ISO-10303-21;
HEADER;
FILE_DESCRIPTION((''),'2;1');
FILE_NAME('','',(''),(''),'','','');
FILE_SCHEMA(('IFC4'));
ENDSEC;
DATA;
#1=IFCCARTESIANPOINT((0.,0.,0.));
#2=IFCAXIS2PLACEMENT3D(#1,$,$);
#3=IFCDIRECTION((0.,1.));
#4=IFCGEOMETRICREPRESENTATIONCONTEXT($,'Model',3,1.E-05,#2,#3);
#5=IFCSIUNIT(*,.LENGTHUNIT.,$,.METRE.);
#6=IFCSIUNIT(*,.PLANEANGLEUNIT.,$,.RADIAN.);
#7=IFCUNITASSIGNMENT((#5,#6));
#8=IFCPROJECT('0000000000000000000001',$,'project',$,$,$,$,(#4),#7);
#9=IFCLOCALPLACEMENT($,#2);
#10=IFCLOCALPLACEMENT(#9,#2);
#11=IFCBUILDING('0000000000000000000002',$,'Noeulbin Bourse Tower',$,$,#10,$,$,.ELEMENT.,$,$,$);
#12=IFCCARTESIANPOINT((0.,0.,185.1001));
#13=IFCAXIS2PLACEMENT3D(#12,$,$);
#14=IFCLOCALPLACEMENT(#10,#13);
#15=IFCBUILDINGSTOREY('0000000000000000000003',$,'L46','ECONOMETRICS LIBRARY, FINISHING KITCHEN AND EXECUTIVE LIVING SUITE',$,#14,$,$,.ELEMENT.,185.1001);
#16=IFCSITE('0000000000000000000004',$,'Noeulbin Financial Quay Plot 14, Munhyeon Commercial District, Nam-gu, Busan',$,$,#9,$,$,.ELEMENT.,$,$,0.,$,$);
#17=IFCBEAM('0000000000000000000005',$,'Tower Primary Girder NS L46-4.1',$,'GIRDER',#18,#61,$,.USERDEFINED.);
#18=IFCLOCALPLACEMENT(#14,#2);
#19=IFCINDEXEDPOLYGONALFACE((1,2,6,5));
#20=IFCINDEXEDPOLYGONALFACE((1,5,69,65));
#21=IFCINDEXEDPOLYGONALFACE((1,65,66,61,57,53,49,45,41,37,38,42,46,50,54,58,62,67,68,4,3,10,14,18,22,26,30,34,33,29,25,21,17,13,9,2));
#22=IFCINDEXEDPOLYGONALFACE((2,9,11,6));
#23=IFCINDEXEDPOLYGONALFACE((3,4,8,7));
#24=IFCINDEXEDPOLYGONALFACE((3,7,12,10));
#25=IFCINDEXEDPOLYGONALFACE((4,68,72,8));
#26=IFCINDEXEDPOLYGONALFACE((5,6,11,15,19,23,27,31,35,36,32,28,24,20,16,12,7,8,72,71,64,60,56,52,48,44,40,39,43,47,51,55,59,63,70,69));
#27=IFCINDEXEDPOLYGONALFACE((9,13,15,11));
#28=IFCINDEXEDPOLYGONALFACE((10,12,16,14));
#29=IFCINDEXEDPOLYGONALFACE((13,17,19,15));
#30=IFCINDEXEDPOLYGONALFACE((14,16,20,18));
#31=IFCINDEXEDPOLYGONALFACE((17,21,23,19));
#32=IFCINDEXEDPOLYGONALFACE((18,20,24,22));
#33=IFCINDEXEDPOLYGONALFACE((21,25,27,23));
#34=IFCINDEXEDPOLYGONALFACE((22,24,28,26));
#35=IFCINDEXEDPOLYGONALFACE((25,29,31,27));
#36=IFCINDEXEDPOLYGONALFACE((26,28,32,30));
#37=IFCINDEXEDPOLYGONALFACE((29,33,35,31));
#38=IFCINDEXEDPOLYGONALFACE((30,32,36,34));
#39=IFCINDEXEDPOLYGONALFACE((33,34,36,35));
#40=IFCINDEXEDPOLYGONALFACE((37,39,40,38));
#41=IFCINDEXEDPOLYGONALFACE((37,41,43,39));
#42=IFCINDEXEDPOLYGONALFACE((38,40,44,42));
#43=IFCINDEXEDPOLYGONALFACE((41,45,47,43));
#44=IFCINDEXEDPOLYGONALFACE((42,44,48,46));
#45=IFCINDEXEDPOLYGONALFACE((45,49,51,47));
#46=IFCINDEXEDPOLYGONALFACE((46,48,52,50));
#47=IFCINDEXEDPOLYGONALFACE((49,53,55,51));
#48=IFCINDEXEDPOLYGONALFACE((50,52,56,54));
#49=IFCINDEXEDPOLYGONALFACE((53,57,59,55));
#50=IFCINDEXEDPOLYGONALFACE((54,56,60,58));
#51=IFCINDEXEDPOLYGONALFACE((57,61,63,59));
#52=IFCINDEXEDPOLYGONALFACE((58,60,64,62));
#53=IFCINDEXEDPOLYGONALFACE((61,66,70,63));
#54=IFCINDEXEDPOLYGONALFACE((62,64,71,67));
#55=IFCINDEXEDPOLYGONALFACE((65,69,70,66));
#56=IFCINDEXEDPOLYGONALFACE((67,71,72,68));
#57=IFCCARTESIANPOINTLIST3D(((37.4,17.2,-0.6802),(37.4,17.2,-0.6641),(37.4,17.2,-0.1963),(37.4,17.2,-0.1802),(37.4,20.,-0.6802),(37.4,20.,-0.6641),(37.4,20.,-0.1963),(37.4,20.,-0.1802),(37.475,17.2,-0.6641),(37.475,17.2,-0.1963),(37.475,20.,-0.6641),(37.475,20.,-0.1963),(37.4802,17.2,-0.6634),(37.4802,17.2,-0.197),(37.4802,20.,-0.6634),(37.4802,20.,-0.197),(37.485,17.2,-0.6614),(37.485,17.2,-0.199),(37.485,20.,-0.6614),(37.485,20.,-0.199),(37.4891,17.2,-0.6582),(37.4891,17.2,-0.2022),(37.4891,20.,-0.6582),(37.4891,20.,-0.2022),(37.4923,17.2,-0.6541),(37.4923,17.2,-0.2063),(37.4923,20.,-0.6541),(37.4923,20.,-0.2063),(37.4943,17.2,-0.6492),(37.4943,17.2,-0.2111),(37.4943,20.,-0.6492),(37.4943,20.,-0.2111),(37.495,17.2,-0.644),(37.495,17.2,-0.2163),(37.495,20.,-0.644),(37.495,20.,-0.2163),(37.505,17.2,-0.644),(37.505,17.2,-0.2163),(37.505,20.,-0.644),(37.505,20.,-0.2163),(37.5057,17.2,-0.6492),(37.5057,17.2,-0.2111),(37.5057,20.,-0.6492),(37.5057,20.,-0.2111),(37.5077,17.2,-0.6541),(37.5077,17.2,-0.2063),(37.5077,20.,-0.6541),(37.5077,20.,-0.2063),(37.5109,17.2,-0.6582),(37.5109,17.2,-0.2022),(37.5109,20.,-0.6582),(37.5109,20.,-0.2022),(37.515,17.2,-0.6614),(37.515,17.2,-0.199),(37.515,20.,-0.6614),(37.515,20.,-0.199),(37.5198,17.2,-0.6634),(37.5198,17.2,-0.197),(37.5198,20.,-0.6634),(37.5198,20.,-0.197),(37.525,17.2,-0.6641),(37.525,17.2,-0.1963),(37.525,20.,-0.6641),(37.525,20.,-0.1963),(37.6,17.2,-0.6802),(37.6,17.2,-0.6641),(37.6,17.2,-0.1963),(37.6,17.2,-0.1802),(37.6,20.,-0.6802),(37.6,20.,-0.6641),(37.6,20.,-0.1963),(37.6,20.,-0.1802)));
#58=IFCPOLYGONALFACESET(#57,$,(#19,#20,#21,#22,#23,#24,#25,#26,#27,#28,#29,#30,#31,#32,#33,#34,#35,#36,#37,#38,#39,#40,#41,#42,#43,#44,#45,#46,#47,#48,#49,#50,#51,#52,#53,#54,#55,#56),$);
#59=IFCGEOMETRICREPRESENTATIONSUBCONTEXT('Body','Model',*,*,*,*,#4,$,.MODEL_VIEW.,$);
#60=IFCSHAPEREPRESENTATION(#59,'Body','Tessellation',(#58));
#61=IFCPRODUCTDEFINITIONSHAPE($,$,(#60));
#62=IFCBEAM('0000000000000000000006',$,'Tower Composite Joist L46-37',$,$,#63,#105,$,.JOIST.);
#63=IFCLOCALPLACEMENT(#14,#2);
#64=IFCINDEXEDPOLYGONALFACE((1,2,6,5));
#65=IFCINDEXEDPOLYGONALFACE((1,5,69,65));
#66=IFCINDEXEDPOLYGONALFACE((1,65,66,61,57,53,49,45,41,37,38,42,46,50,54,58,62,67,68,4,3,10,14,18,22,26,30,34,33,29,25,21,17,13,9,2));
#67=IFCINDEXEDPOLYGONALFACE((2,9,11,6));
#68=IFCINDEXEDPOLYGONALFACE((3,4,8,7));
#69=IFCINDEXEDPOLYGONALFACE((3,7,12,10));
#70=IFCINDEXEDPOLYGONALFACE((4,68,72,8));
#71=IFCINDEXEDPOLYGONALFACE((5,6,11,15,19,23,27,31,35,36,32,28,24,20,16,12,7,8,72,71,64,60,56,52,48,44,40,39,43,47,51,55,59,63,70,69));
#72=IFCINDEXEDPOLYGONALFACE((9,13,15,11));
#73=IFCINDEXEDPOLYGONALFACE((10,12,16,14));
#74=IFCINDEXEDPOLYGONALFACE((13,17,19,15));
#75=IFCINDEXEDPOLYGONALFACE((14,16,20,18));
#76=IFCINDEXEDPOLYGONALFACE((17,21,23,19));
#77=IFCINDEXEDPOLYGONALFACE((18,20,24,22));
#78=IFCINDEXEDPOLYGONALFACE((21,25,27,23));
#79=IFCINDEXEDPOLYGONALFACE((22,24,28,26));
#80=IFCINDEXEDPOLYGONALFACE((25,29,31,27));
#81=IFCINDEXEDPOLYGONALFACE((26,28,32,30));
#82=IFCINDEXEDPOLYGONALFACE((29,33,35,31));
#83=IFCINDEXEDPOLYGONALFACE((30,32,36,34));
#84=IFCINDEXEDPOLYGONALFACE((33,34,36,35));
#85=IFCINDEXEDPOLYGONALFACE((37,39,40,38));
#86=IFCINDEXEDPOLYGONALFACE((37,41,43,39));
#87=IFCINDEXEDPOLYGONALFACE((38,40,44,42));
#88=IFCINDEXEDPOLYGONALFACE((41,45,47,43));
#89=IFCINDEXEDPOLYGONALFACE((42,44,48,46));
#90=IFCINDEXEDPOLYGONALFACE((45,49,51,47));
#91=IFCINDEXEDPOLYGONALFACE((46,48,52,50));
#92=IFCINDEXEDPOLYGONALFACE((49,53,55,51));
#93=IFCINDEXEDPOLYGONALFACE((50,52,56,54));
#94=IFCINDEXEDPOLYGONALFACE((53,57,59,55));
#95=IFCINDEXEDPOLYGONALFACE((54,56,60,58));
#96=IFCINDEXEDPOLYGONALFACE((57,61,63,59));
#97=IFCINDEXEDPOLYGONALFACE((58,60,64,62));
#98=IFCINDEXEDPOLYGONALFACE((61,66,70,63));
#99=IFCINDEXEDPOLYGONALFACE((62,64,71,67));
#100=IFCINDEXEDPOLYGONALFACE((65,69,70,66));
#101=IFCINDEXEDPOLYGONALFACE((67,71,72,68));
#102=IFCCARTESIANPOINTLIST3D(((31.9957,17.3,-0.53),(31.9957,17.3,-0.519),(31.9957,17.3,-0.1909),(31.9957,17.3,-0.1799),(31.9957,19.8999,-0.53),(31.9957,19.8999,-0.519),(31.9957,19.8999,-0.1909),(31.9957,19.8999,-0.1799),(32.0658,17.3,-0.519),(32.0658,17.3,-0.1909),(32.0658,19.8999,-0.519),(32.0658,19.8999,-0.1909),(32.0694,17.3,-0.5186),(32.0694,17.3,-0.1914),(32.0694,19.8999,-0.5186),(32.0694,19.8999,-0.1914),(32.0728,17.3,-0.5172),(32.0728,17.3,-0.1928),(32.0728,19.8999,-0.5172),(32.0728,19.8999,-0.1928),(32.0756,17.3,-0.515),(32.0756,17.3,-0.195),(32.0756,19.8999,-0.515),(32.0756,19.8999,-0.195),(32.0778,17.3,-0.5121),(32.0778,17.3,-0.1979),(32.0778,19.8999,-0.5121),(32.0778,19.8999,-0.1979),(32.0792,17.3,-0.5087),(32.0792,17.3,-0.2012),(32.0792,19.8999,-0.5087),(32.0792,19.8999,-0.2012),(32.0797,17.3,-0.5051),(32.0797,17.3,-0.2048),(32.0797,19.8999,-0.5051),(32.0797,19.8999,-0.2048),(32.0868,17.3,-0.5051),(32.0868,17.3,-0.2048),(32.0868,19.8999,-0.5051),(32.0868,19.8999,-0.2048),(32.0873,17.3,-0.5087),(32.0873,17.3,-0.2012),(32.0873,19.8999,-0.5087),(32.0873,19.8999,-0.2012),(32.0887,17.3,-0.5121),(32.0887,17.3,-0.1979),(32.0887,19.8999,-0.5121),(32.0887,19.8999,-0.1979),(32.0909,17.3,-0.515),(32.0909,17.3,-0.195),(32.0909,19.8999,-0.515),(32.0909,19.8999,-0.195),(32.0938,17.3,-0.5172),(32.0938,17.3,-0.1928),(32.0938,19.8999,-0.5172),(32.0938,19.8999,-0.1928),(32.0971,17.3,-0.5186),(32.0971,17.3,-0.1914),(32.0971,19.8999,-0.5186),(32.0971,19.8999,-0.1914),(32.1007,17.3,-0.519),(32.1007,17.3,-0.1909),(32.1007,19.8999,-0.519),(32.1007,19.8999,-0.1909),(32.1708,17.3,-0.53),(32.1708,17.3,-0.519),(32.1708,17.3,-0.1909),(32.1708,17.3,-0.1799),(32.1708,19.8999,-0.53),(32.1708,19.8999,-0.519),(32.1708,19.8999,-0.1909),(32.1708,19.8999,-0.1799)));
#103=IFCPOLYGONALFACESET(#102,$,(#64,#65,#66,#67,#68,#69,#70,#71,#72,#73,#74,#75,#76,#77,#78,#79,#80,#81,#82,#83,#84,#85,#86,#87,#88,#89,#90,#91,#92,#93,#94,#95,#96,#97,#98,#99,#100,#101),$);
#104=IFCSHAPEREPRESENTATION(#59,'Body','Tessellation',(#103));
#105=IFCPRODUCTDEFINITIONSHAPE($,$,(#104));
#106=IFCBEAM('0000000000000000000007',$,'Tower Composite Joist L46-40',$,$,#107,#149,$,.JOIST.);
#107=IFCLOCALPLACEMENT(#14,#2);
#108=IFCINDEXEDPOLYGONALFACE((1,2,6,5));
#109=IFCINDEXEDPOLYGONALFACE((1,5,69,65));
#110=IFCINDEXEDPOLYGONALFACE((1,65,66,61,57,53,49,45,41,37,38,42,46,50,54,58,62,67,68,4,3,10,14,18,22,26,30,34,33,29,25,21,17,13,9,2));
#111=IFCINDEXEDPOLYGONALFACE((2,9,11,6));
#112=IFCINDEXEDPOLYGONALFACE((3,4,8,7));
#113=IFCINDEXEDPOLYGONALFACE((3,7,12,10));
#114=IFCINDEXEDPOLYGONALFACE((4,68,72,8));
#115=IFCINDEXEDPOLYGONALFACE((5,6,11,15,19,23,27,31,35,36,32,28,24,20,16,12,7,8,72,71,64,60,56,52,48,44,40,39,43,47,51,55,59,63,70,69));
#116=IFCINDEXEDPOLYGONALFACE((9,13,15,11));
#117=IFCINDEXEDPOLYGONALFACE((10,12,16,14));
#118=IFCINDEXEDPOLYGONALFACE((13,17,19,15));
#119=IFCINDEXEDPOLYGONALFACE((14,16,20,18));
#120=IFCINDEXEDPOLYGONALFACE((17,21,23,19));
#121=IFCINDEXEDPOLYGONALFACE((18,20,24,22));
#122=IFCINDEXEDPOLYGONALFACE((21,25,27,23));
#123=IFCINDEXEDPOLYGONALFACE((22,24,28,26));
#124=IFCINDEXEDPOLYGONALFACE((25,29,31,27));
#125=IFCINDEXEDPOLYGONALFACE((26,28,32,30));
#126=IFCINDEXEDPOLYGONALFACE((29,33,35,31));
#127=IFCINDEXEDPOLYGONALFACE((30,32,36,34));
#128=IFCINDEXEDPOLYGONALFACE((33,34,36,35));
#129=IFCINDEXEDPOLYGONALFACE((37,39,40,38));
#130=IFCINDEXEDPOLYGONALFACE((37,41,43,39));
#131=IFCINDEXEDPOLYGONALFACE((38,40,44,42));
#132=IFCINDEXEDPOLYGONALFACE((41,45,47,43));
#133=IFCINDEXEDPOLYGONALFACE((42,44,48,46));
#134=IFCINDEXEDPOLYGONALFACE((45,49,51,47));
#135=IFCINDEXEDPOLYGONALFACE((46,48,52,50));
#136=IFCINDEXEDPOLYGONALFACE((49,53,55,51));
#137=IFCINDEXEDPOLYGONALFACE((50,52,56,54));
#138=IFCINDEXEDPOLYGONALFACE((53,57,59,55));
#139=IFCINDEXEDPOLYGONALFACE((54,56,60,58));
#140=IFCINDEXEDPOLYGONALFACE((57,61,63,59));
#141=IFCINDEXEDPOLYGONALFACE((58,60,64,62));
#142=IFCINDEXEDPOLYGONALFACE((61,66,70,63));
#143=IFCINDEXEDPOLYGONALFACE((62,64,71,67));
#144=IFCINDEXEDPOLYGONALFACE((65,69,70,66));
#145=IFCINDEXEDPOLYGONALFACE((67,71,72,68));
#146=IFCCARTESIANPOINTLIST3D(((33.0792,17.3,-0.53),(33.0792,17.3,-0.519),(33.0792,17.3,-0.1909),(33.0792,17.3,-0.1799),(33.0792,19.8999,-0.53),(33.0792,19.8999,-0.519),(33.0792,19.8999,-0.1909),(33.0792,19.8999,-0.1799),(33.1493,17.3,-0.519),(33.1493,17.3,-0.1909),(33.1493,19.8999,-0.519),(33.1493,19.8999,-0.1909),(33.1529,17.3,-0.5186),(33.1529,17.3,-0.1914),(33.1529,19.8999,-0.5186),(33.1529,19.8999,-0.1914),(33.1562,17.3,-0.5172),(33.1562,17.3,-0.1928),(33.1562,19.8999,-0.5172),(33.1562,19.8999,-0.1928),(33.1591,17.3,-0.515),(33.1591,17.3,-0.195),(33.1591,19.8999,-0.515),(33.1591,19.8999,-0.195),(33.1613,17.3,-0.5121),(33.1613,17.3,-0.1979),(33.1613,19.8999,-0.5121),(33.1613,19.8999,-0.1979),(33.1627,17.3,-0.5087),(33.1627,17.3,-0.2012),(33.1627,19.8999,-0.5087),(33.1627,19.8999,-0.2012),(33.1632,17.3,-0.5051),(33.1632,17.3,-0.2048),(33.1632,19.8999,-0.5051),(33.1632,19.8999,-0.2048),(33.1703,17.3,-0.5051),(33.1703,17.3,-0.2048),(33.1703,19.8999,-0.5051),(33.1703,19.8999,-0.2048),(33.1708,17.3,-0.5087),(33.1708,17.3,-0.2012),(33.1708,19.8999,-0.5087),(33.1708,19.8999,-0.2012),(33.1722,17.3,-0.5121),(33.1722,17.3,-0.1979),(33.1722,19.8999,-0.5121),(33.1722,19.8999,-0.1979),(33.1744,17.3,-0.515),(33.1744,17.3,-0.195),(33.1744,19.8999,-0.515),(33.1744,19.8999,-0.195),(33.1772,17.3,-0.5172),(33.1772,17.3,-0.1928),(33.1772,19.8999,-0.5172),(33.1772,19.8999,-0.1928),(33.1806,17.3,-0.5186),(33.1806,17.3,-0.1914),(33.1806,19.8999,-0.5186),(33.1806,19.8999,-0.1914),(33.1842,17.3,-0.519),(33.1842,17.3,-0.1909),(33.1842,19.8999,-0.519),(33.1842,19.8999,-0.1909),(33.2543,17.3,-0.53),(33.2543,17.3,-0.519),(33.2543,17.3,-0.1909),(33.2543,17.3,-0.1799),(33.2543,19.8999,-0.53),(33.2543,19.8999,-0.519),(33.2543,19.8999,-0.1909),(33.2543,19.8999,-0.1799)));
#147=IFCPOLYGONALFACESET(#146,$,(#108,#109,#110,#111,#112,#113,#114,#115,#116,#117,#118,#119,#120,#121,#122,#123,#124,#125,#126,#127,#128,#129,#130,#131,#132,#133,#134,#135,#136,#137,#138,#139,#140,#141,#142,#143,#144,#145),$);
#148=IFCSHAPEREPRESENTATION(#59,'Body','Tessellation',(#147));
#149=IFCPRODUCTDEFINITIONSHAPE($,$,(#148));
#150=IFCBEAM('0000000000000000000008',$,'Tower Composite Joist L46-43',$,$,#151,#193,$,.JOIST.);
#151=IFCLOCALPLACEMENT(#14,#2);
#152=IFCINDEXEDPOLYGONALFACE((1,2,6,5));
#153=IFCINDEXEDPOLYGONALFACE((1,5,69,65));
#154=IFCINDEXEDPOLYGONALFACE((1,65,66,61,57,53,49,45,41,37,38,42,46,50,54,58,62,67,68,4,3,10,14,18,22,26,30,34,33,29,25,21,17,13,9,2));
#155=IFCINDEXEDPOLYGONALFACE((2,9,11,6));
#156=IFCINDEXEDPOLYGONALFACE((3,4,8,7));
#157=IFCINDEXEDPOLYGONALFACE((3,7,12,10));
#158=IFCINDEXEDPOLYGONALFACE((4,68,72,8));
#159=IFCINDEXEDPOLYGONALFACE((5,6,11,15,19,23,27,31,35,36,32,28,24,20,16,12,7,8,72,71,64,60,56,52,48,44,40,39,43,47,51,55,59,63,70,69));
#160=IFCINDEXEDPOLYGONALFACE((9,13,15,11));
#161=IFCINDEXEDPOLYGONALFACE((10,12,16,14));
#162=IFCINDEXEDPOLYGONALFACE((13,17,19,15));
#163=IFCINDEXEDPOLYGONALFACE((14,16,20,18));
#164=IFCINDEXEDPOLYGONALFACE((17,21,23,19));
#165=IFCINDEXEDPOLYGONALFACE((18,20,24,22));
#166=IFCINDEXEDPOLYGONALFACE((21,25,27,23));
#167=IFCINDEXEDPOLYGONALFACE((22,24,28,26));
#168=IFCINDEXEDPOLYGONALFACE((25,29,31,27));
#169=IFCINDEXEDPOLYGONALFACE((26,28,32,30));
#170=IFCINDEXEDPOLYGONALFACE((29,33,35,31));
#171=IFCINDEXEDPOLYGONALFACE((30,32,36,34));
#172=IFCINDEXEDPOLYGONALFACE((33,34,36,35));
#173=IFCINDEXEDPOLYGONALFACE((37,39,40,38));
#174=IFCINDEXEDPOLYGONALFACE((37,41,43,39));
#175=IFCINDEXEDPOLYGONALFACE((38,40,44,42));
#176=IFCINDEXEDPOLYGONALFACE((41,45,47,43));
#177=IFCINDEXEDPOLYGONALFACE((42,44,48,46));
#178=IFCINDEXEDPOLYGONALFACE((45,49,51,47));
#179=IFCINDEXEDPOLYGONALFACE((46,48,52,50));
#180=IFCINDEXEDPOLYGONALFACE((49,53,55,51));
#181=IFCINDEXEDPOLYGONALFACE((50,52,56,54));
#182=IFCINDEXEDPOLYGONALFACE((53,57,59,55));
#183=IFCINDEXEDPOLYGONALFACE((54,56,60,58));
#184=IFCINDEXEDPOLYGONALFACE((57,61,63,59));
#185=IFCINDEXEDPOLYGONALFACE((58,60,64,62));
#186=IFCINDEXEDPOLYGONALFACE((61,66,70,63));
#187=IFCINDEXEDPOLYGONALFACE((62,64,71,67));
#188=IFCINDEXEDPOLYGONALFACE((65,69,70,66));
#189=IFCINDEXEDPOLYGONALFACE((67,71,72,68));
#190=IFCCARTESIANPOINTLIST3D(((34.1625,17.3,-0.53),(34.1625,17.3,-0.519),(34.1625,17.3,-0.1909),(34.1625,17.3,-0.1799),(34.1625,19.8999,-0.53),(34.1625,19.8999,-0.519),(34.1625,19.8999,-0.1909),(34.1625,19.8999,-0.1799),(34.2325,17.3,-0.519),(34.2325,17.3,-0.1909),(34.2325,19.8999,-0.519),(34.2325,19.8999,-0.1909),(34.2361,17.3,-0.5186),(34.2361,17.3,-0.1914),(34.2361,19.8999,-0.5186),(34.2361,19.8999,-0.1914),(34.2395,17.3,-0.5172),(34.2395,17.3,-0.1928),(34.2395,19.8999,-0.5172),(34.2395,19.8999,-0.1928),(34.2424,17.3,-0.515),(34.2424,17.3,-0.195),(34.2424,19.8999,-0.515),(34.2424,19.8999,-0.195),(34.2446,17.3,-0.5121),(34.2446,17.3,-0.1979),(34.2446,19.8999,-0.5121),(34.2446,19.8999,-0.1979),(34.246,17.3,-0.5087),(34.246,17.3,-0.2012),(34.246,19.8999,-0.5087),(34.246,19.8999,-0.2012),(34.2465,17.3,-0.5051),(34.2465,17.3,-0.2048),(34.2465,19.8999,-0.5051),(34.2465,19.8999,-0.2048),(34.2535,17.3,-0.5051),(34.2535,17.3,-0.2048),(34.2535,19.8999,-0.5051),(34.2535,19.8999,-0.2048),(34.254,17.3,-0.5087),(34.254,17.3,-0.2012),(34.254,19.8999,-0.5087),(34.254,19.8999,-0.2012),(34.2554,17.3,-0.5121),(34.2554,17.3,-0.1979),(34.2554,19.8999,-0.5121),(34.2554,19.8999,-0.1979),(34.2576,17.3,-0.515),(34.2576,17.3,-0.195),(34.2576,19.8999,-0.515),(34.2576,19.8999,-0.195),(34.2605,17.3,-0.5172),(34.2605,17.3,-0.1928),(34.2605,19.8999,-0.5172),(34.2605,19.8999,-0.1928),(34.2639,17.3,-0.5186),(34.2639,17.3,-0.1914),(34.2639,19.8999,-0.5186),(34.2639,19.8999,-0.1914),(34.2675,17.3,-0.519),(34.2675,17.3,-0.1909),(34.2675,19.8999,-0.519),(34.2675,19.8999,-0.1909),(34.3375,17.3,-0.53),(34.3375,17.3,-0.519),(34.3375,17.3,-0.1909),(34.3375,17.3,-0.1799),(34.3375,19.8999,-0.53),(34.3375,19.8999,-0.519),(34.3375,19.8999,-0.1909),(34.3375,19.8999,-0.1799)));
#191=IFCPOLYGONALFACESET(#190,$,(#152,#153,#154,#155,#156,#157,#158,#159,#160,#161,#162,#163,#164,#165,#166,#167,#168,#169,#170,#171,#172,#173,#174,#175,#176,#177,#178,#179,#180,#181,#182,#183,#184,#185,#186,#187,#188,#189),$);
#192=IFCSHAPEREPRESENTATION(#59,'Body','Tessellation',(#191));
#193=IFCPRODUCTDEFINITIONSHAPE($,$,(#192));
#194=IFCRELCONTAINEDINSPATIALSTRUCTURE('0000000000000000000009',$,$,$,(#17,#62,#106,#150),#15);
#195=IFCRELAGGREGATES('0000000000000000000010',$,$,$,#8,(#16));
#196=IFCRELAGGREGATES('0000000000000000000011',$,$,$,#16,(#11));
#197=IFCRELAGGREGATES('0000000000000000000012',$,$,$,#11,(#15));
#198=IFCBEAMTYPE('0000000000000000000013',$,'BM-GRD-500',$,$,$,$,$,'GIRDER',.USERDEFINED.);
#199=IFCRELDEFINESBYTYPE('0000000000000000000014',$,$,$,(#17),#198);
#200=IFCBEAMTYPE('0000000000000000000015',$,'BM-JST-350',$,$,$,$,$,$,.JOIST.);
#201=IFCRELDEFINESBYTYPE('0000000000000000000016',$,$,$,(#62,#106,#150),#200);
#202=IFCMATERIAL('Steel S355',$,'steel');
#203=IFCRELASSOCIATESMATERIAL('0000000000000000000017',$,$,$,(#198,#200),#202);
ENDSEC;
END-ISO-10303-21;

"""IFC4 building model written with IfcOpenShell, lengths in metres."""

from ifc_helpers import new_model, si_unit, direction, frame, origin, origin_2d, place, context, subcontext, project, spatial, i_section, extrude, material, material_profile, profile_set, type_object, element, save


model = new_model("IFC4")

# Units and contexts
model_context = context("Model", 3, precision=1e-05, world=origin(), true_north=direction((0.0, 1.0)))
body_context = subcontext(model_context, "Body", "Model", "MODEL_VIEW")
ifc_project = project(units=[si_unit("LENGTHUNIT", "METRE"), si_unit("PLANEANGLEUNIT", "RADIAN")], contexts=[model_context])

# Site, building, storey
site_placement = place(None, origin())
site = spatial("IfcSite", under=ifc_project, at=site_placement, Name="Noeulbin Financial Quay Plot 14, Munhyeon Commercial District, Nam-gu, Busan", CompositionType="ELEMENT", RefElevation=0.0)
building_placement = place(site_placement, origin())
building = spatial("IfcBuilding", under=site, at=building_placement, Name="Noeulbin Bourse Tower", CompositionType="ELEMENT")
storey_placement = place(building_placement, frame((0.0, 0.0, 185.1001)))
storey = spatial("IfcBuildingStorey", under=building, at=storey_placement, Name="L46", Description="ECONOMETRICS LIBRARY, FINISHING KITCHEN AND EXECUTIVE LIVING SUITE", CompositionType="ELEMENT", Elevation=185.1001)

# Shared definitions
ifc_material_1 = material(Name="Steel S355", Category="steel")

# Beams
ifc_material_profile_1 = material_profile(ifc_material_1, i_section(OverallWidth=0.2, OverallDepth=0.5, WebThickness=0.01, FlangeThickness=0.0161, FilletRadius=0.02, at=origin_2d()), Name="H-500x200x10x16", Category="LoadBearing")
ifc_profile_set_1 = profile_set([ifc_material_profile_1], Name="Steel S355")
beam_type_1 = type_object("IfcBeamType", Name="BM-GRD-500", ElementType="GIRDER", PredefinedType="USERDEFINED", material=ifc_profile_set_1)
for number, where, z_axis, x_axis, name in (
    (1, (37.5, 17.2, -0.4302), (0.0, 1.0, 0.0), (-1.0, 0.0, 0.0), "Tower Primary Girder NS L46-4.1"),
):
    element("IfcBeam", number, at=place(storey_placement, frame(where, z_axis=z_axis, x_axis=x_axis)), inside=storey, type_object=beam_type_1, Name=name, ObjectType="GIRDER", PredefinedType="USERDEFINED", context=body_context, shape_type="SweptSolid", body=[
        extrude(i_section(OverallWidth=0.2, OverallDepth=0.5, WebThickness=0.01, FlangeThickness=0.0161, FilletRadius=0.02, at=origin_2d()), origin(), (0.0, 0.0, 1.0), 2.8),
    ])
ifc_material_profile_2 = material_profile(ifc_material_1, i_section(OverallWidth=0.175, OverallDepth=0.3501, WebThickness=0.0071, FlangeThickness=0.011, FilletRadius=0.0139, at=origin_2d()), Name="H-350x175x7x11", Category="LoadBearing")
ifc_profile_set_2 = profile_set([ifc_material_profile_2], Name="Steel S355")
beam_type_2 = type_object("IfcBeamType", Name="BM-JST-350", PredefinedType="JOIST", material=ifc_profile_set_2)
for number, where, z_axis, x_axis, name in (
    (2, (32.0833, 17.3, -0.355), (0.0, 1.0, 0.0), (-1.0, 0.0, 0.0), "Tower Composite Joist L46-37"),
    (3, (33.1667, 17.3, -0.355), (0.0, 1.0, 0.0), (-1.0, 0.0, 0.0), "Tower Composite Joist L46-40"),
    (4, (34.25, 17.3, -0.355), (0.0, 1.0, 0.0), (-1.0, 0.0, 0.0), "Tower Composite Joist L46-43"),
):
    element("IfcBeam", number, at=place(storey_placement, frame(where, z_axis=z_axis, x_axis=x_axis)), inside=storey, type_object=beam_type_2, Name=name, PredefinedType="JOIST", context=body_context, shape_type="SweptSolid", body=[
        extrude(i_section(OverallWidth=0.175, OverallDepth=0.3501, WebThickness=0.0071, FlangeThickness=0.011, FilletRadius=0.0139, at=origin_2d()), origin(), (0.0, 0.0, 1.0), 2.5999),
    ])

save(model, "model.ifc")
